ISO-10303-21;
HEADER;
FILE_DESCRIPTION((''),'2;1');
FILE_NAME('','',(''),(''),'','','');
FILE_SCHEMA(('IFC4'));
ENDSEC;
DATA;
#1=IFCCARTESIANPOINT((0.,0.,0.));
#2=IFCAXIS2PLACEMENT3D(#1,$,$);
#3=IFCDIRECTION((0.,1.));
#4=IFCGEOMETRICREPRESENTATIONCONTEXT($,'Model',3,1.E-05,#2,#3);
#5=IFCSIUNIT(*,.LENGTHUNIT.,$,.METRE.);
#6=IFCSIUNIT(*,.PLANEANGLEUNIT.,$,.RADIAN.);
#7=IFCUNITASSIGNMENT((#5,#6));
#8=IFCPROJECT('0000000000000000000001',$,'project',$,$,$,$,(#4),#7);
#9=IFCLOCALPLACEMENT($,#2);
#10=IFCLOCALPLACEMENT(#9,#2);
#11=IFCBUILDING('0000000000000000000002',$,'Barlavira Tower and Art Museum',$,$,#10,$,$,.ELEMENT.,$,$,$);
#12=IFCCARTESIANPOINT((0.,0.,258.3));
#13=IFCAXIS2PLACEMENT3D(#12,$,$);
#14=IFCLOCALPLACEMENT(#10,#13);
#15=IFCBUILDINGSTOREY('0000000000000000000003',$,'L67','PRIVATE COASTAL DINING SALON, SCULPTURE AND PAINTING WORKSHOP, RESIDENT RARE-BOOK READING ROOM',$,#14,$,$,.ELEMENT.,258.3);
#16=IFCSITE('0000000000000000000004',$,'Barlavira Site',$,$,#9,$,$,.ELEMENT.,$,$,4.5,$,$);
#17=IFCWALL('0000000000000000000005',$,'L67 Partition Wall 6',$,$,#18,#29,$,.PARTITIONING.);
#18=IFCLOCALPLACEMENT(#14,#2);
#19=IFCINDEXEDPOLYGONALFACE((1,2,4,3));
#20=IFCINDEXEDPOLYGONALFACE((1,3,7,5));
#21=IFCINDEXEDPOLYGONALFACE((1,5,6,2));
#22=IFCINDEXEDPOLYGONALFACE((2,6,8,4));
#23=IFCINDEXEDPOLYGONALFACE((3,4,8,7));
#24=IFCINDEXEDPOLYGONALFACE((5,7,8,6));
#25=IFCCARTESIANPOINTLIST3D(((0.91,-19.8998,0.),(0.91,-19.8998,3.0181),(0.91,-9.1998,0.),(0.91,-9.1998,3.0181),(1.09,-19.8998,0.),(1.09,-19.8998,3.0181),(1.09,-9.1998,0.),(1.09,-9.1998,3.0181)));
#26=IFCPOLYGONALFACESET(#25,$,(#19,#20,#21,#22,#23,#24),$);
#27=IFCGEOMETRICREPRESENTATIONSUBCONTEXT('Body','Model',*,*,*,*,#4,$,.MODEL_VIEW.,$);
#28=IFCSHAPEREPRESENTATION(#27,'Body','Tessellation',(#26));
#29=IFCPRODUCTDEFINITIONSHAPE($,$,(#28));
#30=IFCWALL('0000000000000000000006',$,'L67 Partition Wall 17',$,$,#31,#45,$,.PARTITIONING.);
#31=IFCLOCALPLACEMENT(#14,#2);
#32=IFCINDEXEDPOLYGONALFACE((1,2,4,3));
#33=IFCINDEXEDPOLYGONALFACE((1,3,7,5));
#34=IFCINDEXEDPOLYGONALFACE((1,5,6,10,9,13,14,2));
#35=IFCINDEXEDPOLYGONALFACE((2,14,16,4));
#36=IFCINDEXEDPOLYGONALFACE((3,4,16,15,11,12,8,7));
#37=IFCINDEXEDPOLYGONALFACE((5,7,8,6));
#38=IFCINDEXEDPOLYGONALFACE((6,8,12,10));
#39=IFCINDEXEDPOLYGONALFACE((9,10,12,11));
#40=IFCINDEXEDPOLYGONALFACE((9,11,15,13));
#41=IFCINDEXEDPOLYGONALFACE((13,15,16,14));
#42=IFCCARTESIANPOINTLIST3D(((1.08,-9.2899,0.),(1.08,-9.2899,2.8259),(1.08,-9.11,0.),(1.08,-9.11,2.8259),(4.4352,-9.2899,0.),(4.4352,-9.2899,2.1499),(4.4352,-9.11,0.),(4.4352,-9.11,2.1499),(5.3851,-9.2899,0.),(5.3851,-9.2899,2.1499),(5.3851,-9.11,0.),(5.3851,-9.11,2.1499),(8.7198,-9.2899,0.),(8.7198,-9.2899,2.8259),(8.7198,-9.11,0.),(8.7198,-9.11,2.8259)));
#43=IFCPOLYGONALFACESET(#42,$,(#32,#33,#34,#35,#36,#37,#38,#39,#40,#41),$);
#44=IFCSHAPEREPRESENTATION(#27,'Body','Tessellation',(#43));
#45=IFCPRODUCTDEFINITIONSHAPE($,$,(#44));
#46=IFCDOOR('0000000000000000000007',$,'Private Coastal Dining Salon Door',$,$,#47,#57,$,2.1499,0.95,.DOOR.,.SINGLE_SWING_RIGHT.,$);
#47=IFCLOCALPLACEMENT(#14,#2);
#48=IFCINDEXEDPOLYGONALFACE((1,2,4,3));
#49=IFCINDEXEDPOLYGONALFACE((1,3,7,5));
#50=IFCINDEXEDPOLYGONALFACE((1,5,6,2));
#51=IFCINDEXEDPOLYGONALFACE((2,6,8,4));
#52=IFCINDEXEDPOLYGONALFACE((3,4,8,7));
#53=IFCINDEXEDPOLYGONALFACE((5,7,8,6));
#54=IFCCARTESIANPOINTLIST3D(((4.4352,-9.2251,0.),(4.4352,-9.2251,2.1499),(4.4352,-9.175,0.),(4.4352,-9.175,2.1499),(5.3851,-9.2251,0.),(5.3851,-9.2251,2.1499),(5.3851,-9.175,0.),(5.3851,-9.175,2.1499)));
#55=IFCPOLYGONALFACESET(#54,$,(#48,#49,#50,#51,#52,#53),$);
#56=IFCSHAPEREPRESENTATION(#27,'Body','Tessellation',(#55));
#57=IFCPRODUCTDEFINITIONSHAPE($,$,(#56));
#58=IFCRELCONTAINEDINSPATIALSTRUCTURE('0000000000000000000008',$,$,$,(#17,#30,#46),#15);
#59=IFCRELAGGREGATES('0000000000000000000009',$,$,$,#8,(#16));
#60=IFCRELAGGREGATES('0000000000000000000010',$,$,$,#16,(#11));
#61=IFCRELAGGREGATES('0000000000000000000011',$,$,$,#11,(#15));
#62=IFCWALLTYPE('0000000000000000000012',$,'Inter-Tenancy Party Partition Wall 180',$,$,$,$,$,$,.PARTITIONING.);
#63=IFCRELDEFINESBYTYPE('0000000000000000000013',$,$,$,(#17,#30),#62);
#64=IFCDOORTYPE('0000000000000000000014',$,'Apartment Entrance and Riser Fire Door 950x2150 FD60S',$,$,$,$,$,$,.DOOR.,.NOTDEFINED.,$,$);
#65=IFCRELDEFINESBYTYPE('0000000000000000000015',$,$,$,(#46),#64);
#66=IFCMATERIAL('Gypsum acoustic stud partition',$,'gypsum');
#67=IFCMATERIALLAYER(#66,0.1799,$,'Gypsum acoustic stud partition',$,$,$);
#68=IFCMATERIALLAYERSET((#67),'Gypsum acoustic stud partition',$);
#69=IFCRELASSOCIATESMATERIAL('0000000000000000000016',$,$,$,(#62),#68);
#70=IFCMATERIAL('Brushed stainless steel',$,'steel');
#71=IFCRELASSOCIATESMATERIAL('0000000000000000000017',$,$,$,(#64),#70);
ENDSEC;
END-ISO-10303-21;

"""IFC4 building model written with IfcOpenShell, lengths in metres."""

from ifc_helpers import new_model, si_unit, direction, frame, frame_2d, origin, place, context, subcontext, project, spatial, rectangle, extrude, material, layer, layer_set, type_object, element, fill, save


model = new_model("IFC4")

# Units and contexts
model_context = context("Model", 3, precision=1e-05, world=origin(), true_north=direction((0.0, 1.0)))
body_context = subcontext(model_context, "Body", "Model", "MODEL_VIEW")
ifc_project = project(units=[si_unit("LENGTHUNIT", "METRE"), si_unit("PLANEANGLEUNIT", "RADIAN")], contexts=[model_context])

# Site, building, storey
site_placement = place(None, origin())
site = spatial("IfcSite", under=ifc_project, at=site_placement, Name="Barlavira Site", CompositionType="ELEMENT", RefElevation=4.5)
building_placement = place(site_placement, origin())
building = spatial("IfcBuilding", under=site, at=building_placement, Name="Barlavira Tower and Art Museum", CompositionType="ELEMENT")
storey_placement = place(building_placement, frame((0.0, 0.0, 258.3)))
storey = spatial("IfcBuildingStorey", under=building, at=storey_placement, Name="L67", Description="PRIVATE COASTAL DINING SALON, SCULPTURE AND PAINTING WORKSHOP, RESIDENT RARE-BOOK READING ROOM", CompositionType="ELEMENT", Elevation=258.3)

# Wall
ifc_material_1 = material(Name="Gypsum acoustic stud partition", Category="gypsum")
ifc_layer_1 = layer(ifc_material_1, 0.1799, Name="Gypsum acoustic stud partition")
ifc_layer_set_1 = layer_set([ifc_layer_1], Name="Gypsum acoustic stud partition")
wall_type = type_object("IfcWallType", Name="Inter-Tenancy Party Partition Wall 180", PredefinedType="PARTITIONING", material=ifc_layer_set_1)
wall_1_placement = place(storey_placement, frame((1.0, -19.8999, 0.0), z_axis=(0.0, 0.0, 1.0), x_axis=(0.0, 1.0, 0.0)))
element("IfcWall", 1, at=wall_1_placement, inside=storey, type_object=wall_type, Name="L67 Partition Wall 6", PredefinedType="PARTITIONING", context=body_context, shape_type="SweptSolid", body=[
    extrude(rectangle(XDim=10.7, YDim=0.1799, at=frame_2d((5.3501, 0.0))), origin(), (0.0, 0.0, 1.0), 3.0181),
])

# Wall, opening, door
wall_2_placement = place(storey_placement, frame((1.0801, -9.2, 0.0), z_axis=(0.0, 0.0, 1.0), x_axis=(1.0, 0.0, 0.0)))
wall_2 = element("IfcWall", 2, at=wall_2_placement, inside=storey, type_object=wall_type, Name="L67 Partition Wall 17", PredefinedType="PARTITIONING", context=body_context, shape_type="SweptSolid", body=[
    extrude(rectangle(XDim=7.6399, YDim=0.1799, at=frame_2d((3.8198, 0.0))), origin(), (0.0, 0.0, 1.0), 2.8259),
])
opening_placement = place(wall_2_placement, frame((3.355, 0.0, 0.0)))
opening = element("IfcOpeningElement", 3, at=opening_placement, cuts=wall_2, PredefinedType="OPENING", context=body_context, shape_type="SweptSolid", body=[
    extrude(rectangle(XDim=0.95, YDim=2.1499, at=frame_2d((0.4751, 1.075))), frame((0.0, 0.1001, 0.0), z_axis=(0.0, -1.0, 0.0), x_axis=(1.0, 0.0, 0.0)), (0.0, 0.0, 1.0), 0.2),
])
ifc_material_2 = material(Name="Brushed stainless steel", Category="steel")
door_type = type_object("IfcDoorType", Name="Apartment Entrance and Riser Fire Door 950x2150 FD60S", OperationType="NOTDEFINED", PredefinedType="DOOR", material=ifc_material_2)
door_placement = place(opening_placement, origin())
door = element("IfcDoor", 4, at=door_placement, inside=storey, type_object=door_type, Name="Private Coastal Dining Salon Door", OperationType="SINGLE_SWING_RIGHT", OverallHeight=2.1499, OverallWidth=0.95, PredefinedType="DOOR", context=body_context, shape_type="SweptSolid", body=[
    extrude(rectangle(XDim=0.95, YDim=2.1499, at=frame_2d((0.4751, 1.075))), frame((0.0, 0.0249, 0.0), z_axis=(0.0, -1.0, 0.0), x_axis=(1.0, 0.0, 0.0)), (0.0, 0.0, 1.0), 0.05),
])
fill(opening, door)

save(model, "model.ifc")
